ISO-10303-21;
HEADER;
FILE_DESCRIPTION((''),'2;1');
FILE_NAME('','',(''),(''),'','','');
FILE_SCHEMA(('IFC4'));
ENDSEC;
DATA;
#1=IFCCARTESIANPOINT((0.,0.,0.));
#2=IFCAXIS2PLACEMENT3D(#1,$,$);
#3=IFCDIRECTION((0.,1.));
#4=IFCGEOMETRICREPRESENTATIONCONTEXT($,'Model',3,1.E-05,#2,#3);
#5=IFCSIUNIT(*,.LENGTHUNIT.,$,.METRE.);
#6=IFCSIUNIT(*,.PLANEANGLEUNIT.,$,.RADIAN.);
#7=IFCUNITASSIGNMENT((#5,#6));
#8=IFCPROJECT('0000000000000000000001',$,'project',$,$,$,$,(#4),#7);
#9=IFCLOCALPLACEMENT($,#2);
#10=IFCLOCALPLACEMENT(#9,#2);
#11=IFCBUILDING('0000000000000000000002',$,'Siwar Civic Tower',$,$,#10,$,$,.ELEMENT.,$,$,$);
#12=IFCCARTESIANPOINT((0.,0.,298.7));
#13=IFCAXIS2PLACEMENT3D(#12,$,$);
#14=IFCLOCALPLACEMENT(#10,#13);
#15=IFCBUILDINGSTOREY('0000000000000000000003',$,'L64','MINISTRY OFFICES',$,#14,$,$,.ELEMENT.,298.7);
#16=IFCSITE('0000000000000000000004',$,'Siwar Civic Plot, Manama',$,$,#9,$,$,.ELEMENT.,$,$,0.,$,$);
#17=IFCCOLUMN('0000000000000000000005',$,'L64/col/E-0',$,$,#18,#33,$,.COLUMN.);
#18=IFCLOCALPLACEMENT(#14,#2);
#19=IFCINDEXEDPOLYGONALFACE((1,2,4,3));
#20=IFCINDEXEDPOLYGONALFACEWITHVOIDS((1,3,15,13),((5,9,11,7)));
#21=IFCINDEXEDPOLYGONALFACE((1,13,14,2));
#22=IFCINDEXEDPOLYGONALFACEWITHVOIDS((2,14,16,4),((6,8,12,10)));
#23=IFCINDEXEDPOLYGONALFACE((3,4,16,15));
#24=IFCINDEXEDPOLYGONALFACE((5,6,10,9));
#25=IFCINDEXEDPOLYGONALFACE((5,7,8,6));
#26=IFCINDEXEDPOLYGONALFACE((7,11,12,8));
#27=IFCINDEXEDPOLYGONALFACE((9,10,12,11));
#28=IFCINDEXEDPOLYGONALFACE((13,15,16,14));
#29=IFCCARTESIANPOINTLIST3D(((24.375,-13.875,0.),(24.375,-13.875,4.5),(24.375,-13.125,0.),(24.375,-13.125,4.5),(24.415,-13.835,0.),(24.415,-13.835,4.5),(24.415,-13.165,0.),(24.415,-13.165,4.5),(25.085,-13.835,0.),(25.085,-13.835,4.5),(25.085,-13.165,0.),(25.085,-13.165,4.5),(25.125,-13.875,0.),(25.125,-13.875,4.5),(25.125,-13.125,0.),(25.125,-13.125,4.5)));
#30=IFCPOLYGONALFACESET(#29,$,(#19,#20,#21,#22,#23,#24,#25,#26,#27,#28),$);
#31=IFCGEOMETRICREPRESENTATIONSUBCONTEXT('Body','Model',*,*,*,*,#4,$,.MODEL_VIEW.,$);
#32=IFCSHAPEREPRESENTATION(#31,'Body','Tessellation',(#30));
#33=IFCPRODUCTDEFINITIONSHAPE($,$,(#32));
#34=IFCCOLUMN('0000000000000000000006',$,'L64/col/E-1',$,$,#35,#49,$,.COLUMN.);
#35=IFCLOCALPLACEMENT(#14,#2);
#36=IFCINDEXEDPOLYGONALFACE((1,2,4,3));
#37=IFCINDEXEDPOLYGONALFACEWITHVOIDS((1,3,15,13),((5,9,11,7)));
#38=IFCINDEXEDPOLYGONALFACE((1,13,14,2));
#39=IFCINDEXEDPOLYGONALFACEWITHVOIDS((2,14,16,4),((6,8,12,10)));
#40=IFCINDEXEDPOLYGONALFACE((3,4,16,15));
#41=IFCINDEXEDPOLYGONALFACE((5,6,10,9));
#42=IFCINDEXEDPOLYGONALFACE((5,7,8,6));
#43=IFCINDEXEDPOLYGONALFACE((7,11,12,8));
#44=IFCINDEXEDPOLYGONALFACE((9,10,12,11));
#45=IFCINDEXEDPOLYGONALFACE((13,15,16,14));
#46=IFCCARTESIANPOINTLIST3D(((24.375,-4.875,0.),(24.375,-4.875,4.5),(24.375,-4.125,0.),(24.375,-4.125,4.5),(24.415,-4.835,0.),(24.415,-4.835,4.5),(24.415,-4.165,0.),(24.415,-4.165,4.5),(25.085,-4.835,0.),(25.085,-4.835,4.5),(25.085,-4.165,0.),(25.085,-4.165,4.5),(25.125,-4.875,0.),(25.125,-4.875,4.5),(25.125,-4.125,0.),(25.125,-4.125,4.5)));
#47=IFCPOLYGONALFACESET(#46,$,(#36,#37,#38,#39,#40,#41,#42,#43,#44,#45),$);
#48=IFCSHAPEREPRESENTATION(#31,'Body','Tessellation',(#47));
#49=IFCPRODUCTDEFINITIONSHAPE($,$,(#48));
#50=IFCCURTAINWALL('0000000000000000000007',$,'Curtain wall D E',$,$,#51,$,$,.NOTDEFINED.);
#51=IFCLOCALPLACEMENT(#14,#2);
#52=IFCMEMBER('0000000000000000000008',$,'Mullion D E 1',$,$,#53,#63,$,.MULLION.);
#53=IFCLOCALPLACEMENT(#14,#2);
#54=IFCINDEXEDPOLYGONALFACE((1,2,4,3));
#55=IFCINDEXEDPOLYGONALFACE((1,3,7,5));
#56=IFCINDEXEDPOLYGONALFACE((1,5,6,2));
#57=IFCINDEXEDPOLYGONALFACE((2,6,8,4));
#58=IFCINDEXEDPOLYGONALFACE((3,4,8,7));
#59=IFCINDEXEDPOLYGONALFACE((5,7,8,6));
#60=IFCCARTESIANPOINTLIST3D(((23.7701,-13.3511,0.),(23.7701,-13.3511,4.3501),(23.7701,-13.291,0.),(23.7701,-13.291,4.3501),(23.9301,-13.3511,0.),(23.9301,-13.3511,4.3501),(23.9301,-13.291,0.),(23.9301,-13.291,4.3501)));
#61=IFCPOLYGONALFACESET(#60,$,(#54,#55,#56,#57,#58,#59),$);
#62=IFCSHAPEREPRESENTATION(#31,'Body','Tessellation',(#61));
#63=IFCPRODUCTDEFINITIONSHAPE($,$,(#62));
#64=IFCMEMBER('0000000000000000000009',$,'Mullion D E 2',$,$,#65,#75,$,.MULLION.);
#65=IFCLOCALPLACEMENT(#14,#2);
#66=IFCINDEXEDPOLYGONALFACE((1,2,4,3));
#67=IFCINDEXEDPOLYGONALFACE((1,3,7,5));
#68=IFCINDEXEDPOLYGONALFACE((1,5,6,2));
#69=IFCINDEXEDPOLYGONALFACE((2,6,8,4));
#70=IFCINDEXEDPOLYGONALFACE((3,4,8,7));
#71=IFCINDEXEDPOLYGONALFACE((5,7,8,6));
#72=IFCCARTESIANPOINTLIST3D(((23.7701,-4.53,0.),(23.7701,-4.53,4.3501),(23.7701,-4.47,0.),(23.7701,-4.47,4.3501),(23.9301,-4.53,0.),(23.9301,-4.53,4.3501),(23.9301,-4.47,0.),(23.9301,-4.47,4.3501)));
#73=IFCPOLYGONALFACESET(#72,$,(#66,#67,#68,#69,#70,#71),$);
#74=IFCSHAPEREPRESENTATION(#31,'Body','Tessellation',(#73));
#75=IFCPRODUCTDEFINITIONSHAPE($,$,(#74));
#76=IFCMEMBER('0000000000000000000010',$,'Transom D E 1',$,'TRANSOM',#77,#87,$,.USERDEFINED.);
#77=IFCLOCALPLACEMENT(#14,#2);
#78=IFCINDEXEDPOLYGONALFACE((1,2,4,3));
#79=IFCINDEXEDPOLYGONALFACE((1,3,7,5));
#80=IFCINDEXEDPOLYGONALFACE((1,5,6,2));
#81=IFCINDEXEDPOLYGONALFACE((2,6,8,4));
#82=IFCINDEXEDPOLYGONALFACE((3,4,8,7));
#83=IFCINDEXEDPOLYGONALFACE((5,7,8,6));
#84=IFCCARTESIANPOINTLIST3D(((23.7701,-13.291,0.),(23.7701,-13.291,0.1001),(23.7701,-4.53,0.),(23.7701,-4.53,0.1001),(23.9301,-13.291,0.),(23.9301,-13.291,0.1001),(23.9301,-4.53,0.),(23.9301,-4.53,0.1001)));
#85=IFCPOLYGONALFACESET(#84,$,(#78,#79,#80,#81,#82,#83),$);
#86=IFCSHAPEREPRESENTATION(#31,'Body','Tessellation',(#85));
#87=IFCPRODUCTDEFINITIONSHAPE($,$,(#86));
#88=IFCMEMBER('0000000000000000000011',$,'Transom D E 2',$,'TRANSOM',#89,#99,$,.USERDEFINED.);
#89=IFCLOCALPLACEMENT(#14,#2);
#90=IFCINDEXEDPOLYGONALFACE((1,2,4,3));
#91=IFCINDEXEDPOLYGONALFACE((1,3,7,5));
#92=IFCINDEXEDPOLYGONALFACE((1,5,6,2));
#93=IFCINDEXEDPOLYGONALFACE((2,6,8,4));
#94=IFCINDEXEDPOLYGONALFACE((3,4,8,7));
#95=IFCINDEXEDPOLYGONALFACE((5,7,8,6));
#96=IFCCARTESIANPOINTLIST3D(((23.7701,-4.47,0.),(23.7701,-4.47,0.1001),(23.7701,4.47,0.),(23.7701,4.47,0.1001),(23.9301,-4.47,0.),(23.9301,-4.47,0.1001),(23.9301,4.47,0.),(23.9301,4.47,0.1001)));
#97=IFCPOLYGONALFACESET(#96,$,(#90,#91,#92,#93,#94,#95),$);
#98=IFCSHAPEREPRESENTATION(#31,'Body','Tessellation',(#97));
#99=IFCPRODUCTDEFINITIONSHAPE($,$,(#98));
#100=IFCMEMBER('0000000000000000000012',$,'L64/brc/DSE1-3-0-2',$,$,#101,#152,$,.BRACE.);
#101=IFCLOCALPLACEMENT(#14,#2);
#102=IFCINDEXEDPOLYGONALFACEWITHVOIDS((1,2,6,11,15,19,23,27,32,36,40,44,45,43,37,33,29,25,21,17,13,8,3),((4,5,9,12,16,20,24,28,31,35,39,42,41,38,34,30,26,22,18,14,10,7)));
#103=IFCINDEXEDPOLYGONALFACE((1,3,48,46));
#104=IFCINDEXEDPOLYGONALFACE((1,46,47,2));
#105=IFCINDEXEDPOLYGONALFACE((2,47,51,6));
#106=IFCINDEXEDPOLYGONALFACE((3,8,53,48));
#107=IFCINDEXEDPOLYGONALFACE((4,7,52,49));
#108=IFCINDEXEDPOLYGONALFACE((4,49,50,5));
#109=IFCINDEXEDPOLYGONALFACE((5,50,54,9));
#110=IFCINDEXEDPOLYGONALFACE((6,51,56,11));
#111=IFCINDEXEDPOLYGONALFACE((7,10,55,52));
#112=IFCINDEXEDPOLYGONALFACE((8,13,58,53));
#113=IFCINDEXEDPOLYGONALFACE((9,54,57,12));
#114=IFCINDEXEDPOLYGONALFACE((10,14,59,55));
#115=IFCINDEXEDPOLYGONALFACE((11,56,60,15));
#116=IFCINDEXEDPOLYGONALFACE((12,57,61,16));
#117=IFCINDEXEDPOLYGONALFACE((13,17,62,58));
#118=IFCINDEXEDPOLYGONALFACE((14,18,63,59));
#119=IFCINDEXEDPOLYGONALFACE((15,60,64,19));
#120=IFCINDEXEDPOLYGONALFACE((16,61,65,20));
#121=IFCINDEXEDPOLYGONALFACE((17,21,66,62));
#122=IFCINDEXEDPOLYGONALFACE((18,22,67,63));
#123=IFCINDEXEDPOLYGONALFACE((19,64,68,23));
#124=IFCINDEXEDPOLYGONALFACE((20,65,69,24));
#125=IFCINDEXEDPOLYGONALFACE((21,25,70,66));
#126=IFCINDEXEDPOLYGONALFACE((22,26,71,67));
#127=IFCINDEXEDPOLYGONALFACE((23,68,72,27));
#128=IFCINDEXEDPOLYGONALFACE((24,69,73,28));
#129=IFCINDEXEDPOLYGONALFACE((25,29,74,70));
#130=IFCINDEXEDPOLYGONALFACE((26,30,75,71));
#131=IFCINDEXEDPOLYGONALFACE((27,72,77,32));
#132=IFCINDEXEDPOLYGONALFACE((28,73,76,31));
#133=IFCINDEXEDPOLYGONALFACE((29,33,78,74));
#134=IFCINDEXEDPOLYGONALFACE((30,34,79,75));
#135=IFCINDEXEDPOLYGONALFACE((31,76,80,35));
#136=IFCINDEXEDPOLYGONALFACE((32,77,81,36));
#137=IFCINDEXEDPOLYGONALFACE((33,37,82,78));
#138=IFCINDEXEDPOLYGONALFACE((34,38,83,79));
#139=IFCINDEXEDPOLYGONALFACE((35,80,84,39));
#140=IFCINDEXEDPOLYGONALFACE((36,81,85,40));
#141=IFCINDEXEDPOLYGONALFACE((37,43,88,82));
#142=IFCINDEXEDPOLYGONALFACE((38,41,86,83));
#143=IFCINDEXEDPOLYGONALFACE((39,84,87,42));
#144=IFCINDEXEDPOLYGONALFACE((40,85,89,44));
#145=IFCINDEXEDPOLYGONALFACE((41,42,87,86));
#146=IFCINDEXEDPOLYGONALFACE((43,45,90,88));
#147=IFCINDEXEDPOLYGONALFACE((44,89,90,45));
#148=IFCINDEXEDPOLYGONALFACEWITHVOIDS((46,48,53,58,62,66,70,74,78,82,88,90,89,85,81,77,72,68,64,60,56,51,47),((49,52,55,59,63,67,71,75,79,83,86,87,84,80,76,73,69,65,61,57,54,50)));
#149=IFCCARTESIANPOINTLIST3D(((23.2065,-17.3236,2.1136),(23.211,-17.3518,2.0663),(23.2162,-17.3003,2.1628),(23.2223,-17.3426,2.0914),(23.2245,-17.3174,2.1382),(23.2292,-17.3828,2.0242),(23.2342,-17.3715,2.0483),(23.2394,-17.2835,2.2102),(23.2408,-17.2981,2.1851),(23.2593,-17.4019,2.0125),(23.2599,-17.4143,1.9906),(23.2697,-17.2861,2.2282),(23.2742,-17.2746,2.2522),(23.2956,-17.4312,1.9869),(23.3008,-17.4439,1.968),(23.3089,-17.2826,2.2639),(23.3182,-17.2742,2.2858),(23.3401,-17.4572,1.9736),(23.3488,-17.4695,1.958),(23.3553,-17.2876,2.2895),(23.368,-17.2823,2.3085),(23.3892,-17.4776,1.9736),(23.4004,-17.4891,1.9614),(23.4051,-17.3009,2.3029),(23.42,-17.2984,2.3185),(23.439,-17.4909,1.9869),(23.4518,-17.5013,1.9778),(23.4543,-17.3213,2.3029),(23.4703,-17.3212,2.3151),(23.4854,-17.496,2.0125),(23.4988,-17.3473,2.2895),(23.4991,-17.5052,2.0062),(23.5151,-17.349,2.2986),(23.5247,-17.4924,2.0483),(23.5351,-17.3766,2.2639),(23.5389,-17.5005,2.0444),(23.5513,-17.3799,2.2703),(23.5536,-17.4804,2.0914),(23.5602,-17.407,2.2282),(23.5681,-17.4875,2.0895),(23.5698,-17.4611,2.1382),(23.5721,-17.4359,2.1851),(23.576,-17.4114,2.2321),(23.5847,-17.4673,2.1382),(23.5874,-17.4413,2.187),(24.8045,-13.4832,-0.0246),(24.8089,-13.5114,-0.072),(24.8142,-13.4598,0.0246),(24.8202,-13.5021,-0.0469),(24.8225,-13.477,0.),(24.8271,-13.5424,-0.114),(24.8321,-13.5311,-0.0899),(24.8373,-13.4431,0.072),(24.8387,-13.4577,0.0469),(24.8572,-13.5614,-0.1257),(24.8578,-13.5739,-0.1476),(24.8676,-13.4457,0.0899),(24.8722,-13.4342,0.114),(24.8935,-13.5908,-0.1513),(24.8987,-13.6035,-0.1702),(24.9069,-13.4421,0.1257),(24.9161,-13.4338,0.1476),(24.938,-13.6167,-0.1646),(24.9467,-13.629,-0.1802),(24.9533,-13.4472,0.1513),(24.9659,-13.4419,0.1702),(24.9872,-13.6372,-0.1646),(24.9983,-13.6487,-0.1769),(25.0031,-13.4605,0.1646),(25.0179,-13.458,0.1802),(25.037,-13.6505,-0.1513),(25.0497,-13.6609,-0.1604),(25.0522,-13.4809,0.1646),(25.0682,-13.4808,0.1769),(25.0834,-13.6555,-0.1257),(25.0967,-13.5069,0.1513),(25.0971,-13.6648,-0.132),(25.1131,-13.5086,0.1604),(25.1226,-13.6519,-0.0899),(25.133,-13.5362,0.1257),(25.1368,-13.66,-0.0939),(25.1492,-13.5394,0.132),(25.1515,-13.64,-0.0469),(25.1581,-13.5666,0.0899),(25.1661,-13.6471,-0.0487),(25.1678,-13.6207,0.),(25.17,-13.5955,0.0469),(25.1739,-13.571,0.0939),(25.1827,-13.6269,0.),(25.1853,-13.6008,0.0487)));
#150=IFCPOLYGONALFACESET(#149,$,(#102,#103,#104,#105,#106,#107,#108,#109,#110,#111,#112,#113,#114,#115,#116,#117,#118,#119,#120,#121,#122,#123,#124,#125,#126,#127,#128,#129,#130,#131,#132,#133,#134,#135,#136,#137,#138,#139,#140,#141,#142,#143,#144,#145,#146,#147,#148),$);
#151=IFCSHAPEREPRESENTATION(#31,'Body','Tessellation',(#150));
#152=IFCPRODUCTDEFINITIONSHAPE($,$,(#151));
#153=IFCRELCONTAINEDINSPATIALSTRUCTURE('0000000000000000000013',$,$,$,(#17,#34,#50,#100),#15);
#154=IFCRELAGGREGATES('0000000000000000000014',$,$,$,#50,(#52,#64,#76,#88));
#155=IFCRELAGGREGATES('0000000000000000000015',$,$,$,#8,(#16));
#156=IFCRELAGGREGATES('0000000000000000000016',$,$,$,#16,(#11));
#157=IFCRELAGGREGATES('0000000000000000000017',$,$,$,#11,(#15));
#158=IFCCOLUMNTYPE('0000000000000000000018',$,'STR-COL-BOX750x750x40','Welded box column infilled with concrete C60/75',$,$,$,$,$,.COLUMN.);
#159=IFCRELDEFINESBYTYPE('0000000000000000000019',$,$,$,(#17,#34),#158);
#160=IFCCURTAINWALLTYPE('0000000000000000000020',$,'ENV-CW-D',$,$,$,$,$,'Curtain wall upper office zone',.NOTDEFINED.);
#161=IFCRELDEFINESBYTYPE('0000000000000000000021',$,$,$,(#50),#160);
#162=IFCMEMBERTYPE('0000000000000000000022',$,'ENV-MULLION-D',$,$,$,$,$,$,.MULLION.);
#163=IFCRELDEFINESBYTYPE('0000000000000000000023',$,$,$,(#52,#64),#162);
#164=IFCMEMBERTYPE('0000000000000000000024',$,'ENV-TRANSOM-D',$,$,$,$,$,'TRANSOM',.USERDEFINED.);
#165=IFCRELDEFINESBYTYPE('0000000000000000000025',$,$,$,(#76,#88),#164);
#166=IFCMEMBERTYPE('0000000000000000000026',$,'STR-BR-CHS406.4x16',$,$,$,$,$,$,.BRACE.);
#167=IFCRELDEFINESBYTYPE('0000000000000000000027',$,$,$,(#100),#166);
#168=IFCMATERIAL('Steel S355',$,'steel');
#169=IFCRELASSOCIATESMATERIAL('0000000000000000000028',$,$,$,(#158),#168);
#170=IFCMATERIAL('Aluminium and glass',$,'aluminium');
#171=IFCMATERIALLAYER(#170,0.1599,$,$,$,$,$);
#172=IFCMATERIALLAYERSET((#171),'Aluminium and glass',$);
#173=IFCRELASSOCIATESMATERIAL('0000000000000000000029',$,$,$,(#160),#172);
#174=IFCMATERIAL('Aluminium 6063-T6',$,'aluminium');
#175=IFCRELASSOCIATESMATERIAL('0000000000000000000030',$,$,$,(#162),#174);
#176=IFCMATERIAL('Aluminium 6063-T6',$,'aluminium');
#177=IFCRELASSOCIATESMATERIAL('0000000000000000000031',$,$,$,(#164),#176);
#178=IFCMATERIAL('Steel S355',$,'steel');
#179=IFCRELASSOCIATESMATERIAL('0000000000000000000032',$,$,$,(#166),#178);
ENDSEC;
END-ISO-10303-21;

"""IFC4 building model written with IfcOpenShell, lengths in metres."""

from ifc_helpers import new_model, si_unit, direction, frame, origin, origin_2d, place, context, subcontext, project, spatial, rectangle, hollow_rectangle, hollow_circle, extrude, material, layer, layer_set, material_profile, profile_set, type_object, element, aggregate, save


model = new_model("IFC4")

# Units and contexts
model_context = context("Model", 3, precision=1e-05, world=origin(), true_north=direction((0.0, 1.0)))
body_context = subcontext(model_context, "Body", "Model", "MODEL_VIEW")
ifc_project = project(units=[si_unit("LENGTHUNIT", "METRE"), si_unit("PLANEANGLEUNIT", "RADIAN")], contexts=[model_context])

# Site, building, storey
site_placement = place(None, origin())
site = spatial("IfcSite", under=ifc_project, at=site_placement, Name="Siwar Civic Plot, Manama", CompositionType="ELEMENT", RefElevation=0.0)
building_placement = place(site_placement, origin())
building = spatial("IfcBuilding", under=site, at=building_placement, Name="Siwar Civic Tower", CompositionType="ELEMENT")
storey_placement = place(building_placement, frame((0.0, 0.0, 298.7)))
storey = spatial("IfcBuildingStorey", under=building, at=storey_placement, Name="L64", Description="MINISTRY OFFICES", CompositionType="ELEMENT", Elevation=298.7)

# Columns
ifc_material_1 = material(Name="Steel S355", Category="steel")
ifc_material_profile_1 = material_profile(ifc_material_1, hollow_rectangle(XDim=0.75, YDim=0.75, WallThickness=0.04, at=origin_2d()), Name="BOX750x750x40")
ifc_profile_set_1 = profile_set([ifc_material_profile_1], Name="Steel S355")
column_type = type_object("IfcColumnType", Name="STR-COL-BOX750x750x40", Description="Welded box column infilled with concrete C60/75", PredefinedType="COLUMN", material=ifc_profile_set_1)
for number, where, z_axis, x_axis, name in (
    (1, (24.75, -13.5, 0.0), (0.0, 0.0, 1.0), (1.0, 0.0, 0.0), "L64/col/E-0"),
    (2, (24.75, -4.5, 0.0), (0.0, 0.0, 1.0), (1.0, 0.0, 0.0), "L64/col/E-1"),
):
    element("IfcColumn", number, at=place(storey_placement, frame(where, z_axis=z_axis, x_axis=x_axis)), inside=storey, type_object=column_type, Name=name, PredefinedType="COLUMN", context=body_context, shape_type="SweptSolid", body=[
        extrude(hollow_rectangle(XDim=0.75, YDim=0.75, WallThickness=0.04, at=origin_2d()), origin(), (0.0, 0.0, 1.0), 4.5),
    ])

# Curtain wall, members
ifc_material_2 = material(Name="Aluminium and glass", Category="aluminium")
ifc_layer_1 = layer(ifc_material_2, 0.1599)
ifc_layer_set_1 = layer_set([ifc_layer_1], Name="Aluminium and glass")
curtain_wall_type = type_object("IfcCurtainWallType", Name="ENV-CW-D", ElementType="Curtain wall upper office zone", PredefinedType="NOTDEFINED", material=ifc_layer_set_1)
curtain_wall_placement = place(storey_placement, origin())
curtain_wall = element("IfcCurtainWall", 3, at=curtain_wall_placement, inside=storey, type_object=curtain_wall_type, Name="Curtain wall D E", PredefinedType="NOTDEFINED")
ifc_material_3 = material(Name="Aluminium 6063-T6", Category="aluminium")
ifc_material_profile_2 = material_profile(ifc_material_3, rectangle(XDim=0.1599, YDim=0.0601, at=origin_2d()), Name="AL 160x60")
ifc_profile_set_2 = profile_set([ifc_material_profile_2], Name="Aluminium 6063-T6")
member_type_1 = type_object("IfcMemberType", Name="ENV-MULLION-D", PredefinedType="MULLION", material=ifc_profile_set_2)
member_1_placement = place(storey_placement, frame((23.8501, -13.321, 0.0), z_axis=(0.0, 0.0, 1.0), x_axis=(-1.0, 0.0, 0.0)))
member_1 = element("IfcMember", 4, at=member_1_placement, type_object=member_type_1, Name="Mullion D E 1", PredefinedType="MULLION", context=body_context, shape_type="SweptSolid", body=[
    extrude(rectangle(XDim=0.1599, YDim=0.0601, at=origin_2d()), origin(), (0.0, 0.0, 1.0), 4.3501),
])
member_2_placement = place(storey_placement, frame((23.8501, -4.5, 0.0), z_axis=(0.0, 0.0, 1.0), x_axis=(-1.0, 0.0, 0.0)))
member_2 = element("IfcMember", 5, at=member_2_placement, type_object=member_type_1, Name="Mullion D E 2", PredefinedType="MULLION", context=body_context, shape_type="SweptSolid", body=[
    extrude(rectangle(XDim=0.1599, YDim=0.0601, at=origin_2d()), origin(), (0.0, 0.0, 1.0), 4.3501),
])
ifc_material_4 = material(Name="Aluminium 6063-T6", Category="aluminium")
ifc_material_profile_3 = material_profile(ifc_material_4, rectangle(XDim=0.1599, YDim=0.1001, at=origin_2d()), Name="AL 160x100")
ifc_profile_set_3 = profile_set([ifc_material_profile_3], Name="Aluminium 6063-T6")
member_type_2 = type_object("IfcMemberType", Name="ENV-TRANSOM-D", ElementType="TRANSOM", PredefinedType="USERDEFINED", material=ifc_profile_set_3)
member_3_placement = place(storey_placement, frame((23.8501, -13.291, 0.05), z_axis=(0.0, 1.0, 0.0), x_axis=(-1.0, 0.0, 0.0)))
member_3 = element("IfcMember", 6, at=member_3_placement, type_object=member_type_2, Name="Transom D E 1", ObjectType="TRANSOM", PredefinedType="USERDEFINED", context=body_context, shape_type="SweptSolid", body=[
    extrude(rectangle(XDim=0.1599, YDim=0.1001, at=origin_2d()), origin(), (0.0, 0.0, 1.0), 8.761),
])
member_4_placement = place(storey_placement, frame((23.8501, -4.47, 0.05), z_axis=(0.0, 1.0, 0.0), x_axis=(-1.0, 0.0, 0.0)))
member_4 = element("IfcMember", 7, at=member_4_placement, type_object=member_type_2, Name="Transom D E 2", ObjectType="TRANSOM", PredefinedType="USERDEFINED", context=body_context, shape_type="SweptSolid", body=[
    extrude(rectangle(XDim=0.1599, YDim=0.1001, at=origin_2d()), origin(), (0.0, 0.0, 1.0), 8.9399),
])

# Member
ifc_material_5 = material(Name="Steel S355", Category="steel")
ifc_material_profile_4 = material_profile(ifc_material_5, hollow_circle(Radius=0.2031, WallThickness=0.0161, at=origin_2d()), Name="CHS406.4x16")
ifc_profile_set_4 = profile_set([ifc_material_profile_4], Name="Steel S355")
member_type_3 = type_object("IfcMemberType", Name="STR-BR-CHS406.4x16", PredefinedType="BRACE", material=ifc_profile_set_4)
member_5_placement = place(storey_placement, frame((24.9951, -13.5488, 0.0), z_axis=(-0.341659, -0.82113, 0.457181), x_axis=(0.923268, -0.384157, 0.0)))
element("IfcMember", 8, at=member_5_placement, inside=storey, type_object=member_type_3, Name="L64/brc/DSE1-3-0-2", PredefinedType="BRACE", context=body_context, shape_type="SweptSolid", body=[
    extrude(hollow_circle(Radius=0.2031, WallThickness=0.0161, at=origin_2d()), origin(), (0.0, 0.0, 1.0), 4.677),
])

aggregate(curtain_wall, [member_1, member_2, member_3, member_4])

save(model, "model.ifc")
